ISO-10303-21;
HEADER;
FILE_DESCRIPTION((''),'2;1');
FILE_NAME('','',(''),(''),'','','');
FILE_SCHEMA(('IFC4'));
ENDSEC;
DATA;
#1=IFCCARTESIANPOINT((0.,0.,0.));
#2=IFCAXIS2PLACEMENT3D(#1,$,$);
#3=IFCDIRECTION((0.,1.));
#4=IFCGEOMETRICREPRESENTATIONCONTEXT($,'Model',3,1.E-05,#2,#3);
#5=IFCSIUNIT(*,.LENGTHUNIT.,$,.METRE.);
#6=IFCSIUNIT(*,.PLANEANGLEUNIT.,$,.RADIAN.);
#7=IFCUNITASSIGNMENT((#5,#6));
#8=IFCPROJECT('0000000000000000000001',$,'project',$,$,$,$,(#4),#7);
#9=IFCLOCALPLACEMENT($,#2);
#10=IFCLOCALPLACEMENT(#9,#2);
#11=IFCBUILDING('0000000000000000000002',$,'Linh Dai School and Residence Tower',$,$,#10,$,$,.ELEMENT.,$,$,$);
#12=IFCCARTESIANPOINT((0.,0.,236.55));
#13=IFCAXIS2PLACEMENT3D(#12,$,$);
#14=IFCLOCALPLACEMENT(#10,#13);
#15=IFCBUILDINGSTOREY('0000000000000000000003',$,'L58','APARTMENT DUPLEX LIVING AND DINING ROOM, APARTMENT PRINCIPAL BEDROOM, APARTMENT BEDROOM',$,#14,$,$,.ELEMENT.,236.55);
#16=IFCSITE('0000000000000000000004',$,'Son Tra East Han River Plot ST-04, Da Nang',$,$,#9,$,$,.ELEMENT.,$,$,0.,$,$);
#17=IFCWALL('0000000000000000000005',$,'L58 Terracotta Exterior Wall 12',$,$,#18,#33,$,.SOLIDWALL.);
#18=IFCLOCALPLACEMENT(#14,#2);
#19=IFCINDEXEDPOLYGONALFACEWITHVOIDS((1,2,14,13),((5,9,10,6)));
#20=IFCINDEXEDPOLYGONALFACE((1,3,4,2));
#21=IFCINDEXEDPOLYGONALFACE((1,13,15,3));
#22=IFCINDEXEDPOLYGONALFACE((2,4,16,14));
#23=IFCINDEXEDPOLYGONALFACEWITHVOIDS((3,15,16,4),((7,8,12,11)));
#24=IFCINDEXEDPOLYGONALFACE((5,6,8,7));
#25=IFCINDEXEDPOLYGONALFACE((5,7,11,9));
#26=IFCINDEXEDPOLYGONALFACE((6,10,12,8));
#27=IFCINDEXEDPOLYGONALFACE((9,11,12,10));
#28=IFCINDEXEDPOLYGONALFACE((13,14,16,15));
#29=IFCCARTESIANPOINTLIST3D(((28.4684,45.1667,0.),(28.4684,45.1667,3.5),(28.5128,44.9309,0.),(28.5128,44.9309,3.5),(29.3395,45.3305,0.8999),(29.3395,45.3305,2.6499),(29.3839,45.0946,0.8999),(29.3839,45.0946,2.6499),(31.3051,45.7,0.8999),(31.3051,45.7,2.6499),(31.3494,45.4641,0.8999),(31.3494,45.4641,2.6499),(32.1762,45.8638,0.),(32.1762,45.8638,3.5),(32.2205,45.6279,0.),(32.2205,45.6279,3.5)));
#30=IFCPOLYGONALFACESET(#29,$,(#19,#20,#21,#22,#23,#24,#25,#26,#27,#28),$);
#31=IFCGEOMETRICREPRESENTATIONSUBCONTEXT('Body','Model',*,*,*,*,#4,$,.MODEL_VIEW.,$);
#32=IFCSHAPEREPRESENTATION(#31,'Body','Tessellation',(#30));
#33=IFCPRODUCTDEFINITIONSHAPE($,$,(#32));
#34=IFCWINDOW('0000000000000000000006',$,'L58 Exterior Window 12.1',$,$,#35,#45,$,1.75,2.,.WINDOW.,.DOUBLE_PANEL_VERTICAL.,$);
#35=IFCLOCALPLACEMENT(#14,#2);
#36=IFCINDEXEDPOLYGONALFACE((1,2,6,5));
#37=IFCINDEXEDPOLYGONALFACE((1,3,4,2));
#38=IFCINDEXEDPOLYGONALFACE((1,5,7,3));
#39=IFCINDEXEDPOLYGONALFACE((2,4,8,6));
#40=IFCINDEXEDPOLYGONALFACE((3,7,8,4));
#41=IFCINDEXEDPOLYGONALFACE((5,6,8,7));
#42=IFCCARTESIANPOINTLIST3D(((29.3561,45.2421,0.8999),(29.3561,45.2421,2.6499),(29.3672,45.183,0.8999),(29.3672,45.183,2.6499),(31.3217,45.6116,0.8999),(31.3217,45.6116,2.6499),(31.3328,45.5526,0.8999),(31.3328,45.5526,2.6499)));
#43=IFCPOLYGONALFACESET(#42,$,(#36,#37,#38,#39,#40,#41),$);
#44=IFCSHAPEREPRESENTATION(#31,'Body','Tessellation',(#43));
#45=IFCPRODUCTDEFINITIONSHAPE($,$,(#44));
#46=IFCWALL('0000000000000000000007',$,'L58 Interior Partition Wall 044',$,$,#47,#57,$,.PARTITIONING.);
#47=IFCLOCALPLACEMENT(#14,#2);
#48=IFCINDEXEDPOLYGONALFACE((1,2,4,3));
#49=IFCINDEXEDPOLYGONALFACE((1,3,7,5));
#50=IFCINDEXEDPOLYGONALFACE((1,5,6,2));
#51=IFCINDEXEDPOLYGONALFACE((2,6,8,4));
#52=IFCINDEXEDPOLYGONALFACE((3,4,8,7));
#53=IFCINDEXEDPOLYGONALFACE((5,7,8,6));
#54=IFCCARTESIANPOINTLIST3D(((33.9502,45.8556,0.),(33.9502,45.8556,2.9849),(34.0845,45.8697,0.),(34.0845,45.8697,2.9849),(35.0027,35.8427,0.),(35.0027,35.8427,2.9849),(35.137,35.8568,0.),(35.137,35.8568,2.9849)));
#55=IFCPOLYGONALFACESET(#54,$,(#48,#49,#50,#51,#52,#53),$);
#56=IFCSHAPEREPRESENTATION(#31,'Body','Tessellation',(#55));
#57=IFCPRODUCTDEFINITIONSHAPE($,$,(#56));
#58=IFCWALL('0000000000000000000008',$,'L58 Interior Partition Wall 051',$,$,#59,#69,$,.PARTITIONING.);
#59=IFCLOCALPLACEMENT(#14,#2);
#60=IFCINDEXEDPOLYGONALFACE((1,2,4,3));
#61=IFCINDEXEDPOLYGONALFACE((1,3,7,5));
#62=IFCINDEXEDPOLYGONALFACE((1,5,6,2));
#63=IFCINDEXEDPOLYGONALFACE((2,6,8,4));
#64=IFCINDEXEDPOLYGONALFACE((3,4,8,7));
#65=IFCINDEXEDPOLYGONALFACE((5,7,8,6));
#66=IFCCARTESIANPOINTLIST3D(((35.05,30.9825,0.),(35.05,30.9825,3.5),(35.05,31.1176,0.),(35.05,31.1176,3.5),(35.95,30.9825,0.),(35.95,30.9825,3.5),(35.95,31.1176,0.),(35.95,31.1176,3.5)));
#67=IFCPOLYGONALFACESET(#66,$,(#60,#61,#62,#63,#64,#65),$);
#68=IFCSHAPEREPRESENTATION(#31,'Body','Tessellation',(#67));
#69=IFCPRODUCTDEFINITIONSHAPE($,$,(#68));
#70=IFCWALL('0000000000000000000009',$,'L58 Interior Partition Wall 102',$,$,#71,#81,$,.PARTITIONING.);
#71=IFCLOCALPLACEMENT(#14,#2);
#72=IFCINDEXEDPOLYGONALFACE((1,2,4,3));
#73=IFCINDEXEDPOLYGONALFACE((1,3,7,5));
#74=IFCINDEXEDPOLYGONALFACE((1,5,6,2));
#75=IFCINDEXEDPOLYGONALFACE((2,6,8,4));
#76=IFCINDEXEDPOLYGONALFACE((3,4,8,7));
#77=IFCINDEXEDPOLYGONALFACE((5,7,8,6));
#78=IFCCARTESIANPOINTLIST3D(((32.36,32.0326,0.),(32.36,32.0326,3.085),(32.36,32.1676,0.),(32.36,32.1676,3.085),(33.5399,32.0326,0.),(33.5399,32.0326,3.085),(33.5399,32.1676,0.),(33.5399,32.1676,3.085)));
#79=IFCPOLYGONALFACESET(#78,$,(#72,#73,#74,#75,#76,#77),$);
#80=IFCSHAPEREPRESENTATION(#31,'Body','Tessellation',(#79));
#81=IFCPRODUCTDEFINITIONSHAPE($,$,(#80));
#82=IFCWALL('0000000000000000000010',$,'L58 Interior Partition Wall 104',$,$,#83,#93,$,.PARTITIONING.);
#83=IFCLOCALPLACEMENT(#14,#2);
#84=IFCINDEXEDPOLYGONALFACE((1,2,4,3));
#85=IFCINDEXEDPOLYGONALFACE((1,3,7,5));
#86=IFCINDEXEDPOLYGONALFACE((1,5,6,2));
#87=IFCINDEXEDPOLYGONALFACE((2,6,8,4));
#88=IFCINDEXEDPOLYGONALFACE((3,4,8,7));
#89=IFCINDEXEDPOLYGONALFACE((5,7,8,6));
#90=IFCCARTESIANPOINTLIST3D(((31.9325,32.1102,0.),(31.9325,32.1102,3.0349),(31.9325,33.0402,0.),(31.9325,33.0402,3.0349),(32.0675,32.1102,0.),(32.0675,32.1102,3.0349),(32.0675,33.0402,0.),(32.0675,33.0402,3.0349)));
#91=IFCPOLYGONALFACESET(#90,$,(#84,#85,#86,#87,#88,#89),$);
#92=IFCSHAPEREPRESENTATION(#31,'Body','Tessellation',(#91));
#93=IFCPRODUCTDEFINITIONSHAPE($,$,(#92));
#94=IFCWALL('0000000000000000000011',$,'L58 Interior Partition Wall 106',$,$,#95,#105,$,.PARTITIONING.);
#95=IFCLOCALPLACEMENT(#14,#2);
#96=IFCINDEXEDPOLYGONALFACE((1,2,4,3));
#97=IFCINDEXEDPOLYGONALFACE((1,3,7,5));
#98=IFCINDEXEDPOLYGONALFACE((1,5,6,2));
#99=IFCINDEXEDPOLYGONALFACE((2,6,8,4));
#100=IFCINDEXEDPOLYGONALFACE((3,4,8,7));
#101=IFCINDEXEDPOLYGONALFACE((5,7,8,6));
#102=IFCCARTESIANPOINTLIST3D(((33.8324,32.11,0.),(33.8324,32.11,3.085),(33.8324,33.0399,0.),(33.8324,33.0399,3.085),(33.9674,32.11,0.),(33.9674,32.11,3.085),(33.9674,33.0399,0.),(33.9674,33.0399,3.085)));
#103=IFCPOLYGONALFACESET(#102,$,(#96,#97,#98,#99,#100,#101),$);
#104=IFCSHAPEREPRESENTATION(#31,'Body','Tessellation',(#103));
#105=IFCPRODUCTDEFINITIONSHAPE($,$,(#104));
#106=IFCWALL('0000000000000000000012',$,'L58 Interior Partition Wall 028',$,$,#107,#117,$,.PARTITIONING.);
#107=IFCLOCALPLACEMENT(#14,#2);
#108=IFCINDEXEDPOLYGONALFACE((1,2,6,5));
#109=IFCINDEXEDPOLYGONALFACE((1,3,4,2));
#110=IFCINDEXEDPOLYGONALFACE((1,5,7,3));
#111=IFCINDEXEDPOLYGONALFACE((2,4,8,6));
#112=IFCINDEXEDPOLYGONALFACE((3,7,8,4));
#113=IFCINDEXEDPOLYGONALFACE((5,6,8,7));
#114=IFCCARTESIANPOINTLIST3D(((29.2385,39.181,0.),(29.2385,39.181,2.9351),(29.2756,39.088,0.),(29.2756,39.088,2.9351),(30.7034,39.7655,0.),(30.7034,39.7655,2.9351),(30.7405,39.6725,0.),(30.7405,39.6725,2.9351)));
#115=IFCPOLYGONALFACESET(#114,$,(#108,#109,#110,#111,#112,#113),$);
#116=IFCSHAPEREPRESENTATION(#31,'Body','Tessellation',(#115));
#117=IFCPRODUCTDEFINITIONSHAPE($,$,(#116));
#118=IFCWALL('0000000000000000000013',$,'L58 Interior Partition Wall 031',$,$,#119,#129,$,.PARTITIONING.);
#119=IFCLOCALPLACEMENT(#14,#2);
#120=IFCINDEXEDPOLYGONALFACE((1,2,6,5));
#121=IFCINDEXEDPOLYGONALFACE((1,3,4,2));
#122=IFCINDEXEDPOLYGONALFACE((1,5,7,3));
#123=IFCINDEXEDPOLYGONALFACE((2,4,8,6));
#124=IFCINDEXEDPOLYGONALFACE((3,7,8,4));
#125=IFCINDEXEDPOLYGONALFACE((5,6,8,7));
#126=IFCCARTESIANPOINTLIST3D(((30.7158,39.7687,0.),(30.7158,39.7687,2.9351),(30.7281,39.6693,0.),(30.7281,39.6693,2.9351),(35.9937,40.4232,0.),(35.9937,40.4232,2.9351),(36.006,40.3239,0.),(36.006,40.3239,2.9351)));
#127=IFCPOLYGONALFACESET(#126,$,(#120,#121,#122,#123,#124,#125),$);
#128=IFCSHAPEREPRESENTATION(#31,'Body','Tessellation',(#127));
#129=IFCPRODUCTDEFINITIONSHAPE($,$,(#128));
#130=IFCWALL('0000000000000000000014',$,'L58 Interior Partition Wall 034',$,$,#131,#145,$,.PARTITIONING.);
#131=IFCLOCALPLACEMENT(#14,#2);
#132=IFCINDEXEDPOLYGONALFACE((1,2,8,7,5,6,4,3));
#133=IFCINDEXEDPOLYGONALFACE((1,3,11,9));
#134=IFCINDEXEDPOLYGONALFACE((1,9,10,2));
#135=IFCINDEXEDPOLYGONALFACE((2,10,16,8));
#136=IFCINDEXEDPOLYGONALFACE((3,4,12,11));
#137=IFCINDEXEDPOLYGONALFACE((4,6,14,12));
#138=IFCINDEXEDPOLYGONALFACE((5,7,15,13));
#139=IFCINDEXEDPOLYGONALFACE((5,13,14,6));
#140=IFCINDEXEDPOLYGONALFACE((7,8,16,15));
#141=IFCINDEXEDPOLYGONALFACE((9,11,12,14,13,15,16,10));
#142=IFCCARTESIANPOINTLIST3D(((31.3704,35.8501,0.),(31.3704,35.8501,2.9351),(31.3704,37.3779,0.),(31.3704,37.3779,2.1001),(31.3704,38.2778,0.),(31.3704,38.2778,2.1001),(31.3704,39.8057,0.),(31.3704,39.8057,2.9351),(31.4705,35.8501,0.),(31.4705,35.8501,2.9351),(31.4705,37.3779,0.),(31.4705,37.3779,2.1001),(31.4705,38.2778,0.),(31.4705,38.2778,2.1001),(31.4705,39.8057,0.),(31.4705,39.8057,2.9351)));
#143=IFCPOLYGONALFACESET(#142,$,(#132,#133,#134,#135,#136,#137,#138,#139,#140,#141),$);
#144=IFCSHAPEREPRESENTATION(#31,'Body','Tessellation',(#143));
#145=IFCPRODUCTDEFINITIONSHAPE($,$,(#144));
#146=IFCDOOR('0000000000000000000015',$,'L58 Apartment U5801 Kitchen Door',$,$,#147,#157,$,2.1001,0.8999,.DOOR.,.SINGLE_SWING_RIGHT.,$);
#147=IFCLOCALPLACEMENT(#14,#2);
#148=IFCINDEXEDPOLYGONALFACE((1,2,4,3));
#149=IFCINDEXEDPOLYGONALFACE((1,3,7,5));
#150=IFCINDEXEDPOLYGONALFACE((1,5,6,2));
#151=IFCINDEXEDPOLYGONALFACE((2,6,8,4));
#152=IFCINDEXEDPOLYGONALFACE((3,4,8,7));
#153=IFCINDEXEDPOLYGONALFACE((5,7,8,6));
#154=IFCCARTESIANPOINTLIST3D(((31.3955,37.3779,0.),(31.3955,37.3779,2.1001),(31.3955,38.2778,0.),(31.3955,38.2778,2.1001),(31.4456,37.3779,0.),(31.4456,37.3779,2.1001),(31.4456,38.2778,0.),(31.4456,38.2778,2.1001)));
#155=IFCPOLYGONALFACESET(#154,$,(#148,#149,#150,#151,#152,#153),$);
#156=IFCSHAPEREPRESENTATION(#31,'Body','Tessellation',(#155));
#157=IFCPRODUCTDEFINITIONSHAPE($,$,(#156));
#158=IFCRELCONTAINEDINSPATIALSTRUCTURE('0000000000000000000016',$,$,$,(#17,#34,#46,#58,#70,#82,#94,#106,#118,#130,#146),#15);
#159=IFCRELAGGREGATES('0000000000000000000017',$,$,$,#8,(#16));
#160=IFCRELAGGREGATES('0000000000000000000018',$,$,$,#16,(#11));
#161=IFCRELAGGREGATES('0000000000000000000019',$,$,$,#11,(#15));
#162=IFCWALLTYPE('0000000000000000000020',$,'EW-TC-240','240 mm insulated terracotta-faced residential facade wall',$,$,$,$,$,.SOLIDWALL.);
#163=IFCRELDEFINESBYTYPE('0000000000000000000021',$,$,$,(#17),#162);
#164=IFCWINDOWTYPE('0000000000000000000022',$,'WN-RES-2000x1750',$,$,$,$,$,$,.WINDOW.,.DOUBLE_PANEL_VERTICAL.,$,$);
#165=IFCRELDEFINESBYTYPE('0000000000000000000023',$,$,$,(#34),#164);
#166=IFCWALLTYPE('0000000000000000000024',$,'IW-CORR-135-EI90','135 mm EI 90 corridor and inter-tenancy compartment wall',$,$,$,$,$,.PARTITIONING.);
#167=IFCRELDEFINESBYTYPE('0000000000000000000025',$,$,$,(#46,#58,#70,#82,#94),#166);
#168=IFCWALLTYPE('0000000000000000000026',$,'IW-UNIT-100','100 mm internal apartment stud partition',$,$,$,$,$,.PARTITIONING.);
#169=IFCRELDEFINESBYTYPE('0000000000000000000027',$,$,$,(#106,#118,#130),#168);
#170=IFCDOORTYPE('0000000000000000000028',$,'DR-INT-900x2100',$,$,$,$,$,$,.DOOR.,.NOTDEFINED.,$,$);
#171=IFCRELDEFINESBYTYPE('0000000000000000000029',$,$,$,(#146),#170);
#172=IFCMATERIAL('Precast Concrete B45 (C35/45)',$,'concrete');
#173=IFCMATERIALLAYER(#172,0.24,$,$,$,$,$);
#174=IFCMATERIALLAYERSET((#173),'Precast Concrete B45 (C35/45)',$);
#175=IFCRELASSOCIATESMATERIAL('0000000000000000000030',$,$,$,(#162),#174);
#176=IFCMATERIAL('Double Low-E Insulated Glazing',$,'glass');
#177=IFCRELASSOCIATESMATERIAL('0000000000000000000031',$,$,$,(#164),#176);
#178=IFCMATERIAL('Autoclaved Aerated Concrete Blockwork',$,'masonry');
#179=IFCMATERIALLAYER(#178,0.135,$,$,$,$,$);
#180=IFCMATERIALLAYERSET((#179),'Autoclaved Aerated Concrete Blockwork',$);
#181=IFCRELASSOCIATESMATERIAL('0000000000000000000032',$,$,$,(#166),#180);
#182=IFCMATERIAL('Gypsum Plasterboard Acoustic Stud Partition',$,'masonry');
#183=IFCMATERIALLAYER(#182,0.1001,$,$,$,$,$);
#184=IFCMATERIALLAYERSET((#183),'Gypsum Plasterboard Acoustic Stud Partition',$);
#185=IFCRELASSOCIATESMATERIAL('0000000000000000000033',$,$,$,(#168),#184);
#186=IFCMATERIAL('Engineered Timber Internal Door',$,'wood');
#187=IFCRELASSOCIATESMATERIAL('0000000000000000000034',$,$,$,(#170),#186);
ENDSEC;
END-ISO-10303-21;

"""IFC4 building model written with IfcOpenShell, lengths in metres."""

from ifc_helpers import new_model, si_unit, direction, frame, frame_2d, origin, origin_2d, place, context, subcontext, project, spatial, rectangle, extrude, source, transform, mapped, material, layer, layer_set, type_object, element, fill, save


model = new_model("IFC4")

# Units and contexts
model_context = context("Model", 3, precision=1e-05, world=origin(), true_north=direction((0.0, 1.0)))
body_context = subcontext(model_context, "Body", "Model", "MODEL_VIEW")
ifc_project = project(units=[si_unit("LENGTHUNIT", "METRE"), si_unit("PLANEANGLEUNIT", "RADIAN")], contexts=[model_context])

# Site, building, storey
site_placement = place(None, origin())
site = spatial("IfcSite", under=ifc_project, at=site_placement, Name="Son Tra East Han River Plot ST-04, Da Nang", CompositionType="ELEMENT", RefElevation=0.0)
building_placement = place(site_placement, origin())
building = spatial("IfcBuilding", under=site, at=building_placement, Name="Linh Dai School and Residence Tower", CompositionType="ELEMENT")
storey_placement = place(building_placement, frame((0.0, 0.0, 236.55)))
storey = spatial("IfcBuildingStorey", under=building, at=storey_placement, Name="L58", Description="APARTMENT DUPLEX LIVING AND DINING ROOM, APARTMENT PRINCIPAL BEDROOM, APARTMENT BEDROOM", CompositionType="ELEMENT", Elevation=236.55)

# Shared definitions
ifc_material_1 = material(Name="Precast Concrete B45 (C35/45)", Category="concrete")
ifc_layer_1 = layer(ifc_material_1, 0.24)
ifc_layer_set_1 = layer_set([ifc_layer_1], Name="Precast Concrete B45 (C35/45)")
wall_type_1 = type_object("IfcWallType", Name="EW-TC-240", Description="240 mm insulated terracotta-faced residential facade wall", PredefinedType="SOLIDWALL", material=ifc_layer_set_1)

# Wall, opening, window
wall_1_placement = place(storey_placement, frame((28.4907, 45.0488, 0.0), z_axis=(0.0, 0.0, 1.0), x_axis=(0.982785, 0.184753, 0.0)))
wall_1 = element("IfcWall", 1, at=wall_1_placement, inside=storey, type_object=wall_type_1, Name="L58 Terracotta Exterior Wall 12", PredefinedType="SOLIDWALL", context=body_context, shape_type="SweptSolid", body=[
    extrude(rectangle(XDim=3.7727, YDim=0.24, at=frame_2d((1.8862, 0.0))), origin(), (0.0, 0.0, 1.0), 3.5),
])
opening_1_placement = place(wall_1_placement, frame((0.8862, 0.0, 0.8999)))
opening_1 = element("IfcOpeningElement", 2, at=opening_1_placement, cuts=wall_1, PredefinedType="OPENING", context=body_context, shape_type="SweptSolid", body=[
    extrude(rectangle(XDim=2.0, YDim=1.75, at=origin_2d()), frame((1.0, 0.1299, 0.875), z_axis=(0.0, -1.0, 0.0), x_axis=(1.0, 0.0, 0.0)), (0.0, 0.0, 1.0), 0.26),
])
ifc_material_2 = material(Name="Double Low-E Insulated Glazing", Category="glass")
window_type = type_object("IfcWindowType", Name="WN-RES-2000x1750", PartitioningType="DOUBLE_PANEL_VERTICAL", PredefinedType="WINDOW", material=ifc_material_2)
shared_shape_1 = source(origin(), body_context, "Body", "SweptSolid", [
    extrude(rectangle(XDim=2.0, YDim=1.75, at=origin_2d()), frame((1.0, 0.03, 0.875), z_axis=(0.0, -1.0, 0.0), x_axis=(1.0, 0.0, 0.0)), (0.0, 0.0, 1.0), 0.0601),
])
window_placement = place(opening_1_placement, origin())
window = element("IfcWindow", 3, at=window_placement, inside=storey, type_object=window_type, Name="L58 Exterior Window 12.1", OverallHeight=1.75, OverallWidth=2.0, PartitioningType="DOUBLE_PANEL_VERTICAL", PredefinedType="WINDOW", context=body_context, shape_type="MappedRepresentation", body=[
    mapped(shared_shape_1, transform((0.0, 0.0, 0.0), x_axis=(1.0, 0.0, 0.0), y_axis=(0.0, 1.0, 0.0), z_axis=(0.0, 0.0, 1.0), scale=1.0)),
])
fill(opening_1, window)

# Walls
ifc_material_3 = material(Name="Autoclaved Aerated Concrete Blockwork", Category="masonry")
ifc_layer_2 = layer(ifc_material_3, 0.135)
ifc_layer_set_2 = layer_set([ifc_layer_2], Name="Autoclaved Aerated Concrete Blockwork")
wall_type_2 = type_object("IfcWallType", Name="IW-CORR-135-EI90", Description="135 mm EI 90 corridor and inter-tenancy compartment wall", PredefinedType="PARTITIONING", material=ifc_layer_set_2)
wall_2_placement = place(storey_placement, frame((34.0173, 45.8628, 0.0), z_axis=(0.0, 0.0, 1.0), x_axis=(0.104537, -0.994521, 0.0)))
element("IfcWall", 4, at=wall_2_placement, inside=storey, type_object=wall_type_2, Name="L58 Interior Partition Wall 044", PredefinedType="PARTITIONING", context=body_context, shape_type="SweptSolid", body=[
    extrude(rectangle(XDim=10.0681, YDim=0.135, at=frame_2d((5.0342, 0.0))), origin(), (0.0, 0.0, 1.0), 2.9849),
])
wall_3_placement = place(storey_placement, frame((35.05, 31.05, 0.0), z_axis=(0.0, 0.0, 1.0), x_axis=(1.0, 0.0, 0.0)))
element("IfcWall", 5, at=wall_3_placement, inside=storey, type_object=wall_type_2, Name="L58 Interior Partition Wall 051", PredefinedType="PARTITIONING", context=body_context, shape_type="SweptSolid", body=[
    extrude(rectangle(XDim=0.8999, YDim=0.135, at=frame_2d((0.45, 0.0))), origin(), (0.0, 0.0, 1.0), 3.5),
])
wall_4_placement = place(storey_placement, frame((32.3601, 32.1001, 0.0), z_axis=(0.0, 0.0, 1.0), x_axis=(1.0, 0.0, 0.0)))
element("IfcWall", 6, at=wall_4_placement, inside=storey, type_object=wall_type_2, Name="L58 Interior Partition Wall 102", PredefinedType="PARTITIONING", context=body_context, shape_type="SweptSolid", body=[
    extrude(rectangle(XDim=1.1799, YDim=0.135, at=frame_2d((0.5898, 0.0))), origin(), (0.0, 0.0, 1.0), 3.085),
])
wall_5_placement = place(storey_placement, frame((32.0, 33.04, 0.0), z_axis=(0.0, 0.0, 1.0), x_axis=(0.0, -1.0, 0.0)))
element("IfcWall", 7, at=wall_5_placement, inside=storey, type_object=wall_type_2, Name="L58 Interior Partition Wall 104", PredefinedType="PARTITIONING", context=body_context, shape_type="SweptSolid", body=[
    extrude(rectangle(XDim=0.9299, YDim=0.135, at=frame_2d((0.4648, 0.0))), origin(), (0.0, 0.0, 1.0), 3.0349),
])
wall_6_placement = place(storey_placement, frame((33.8999, 32.1101, 0.0), z_axis=(0.0, 0.0, 1.0), x_axis=(0.0, 1.0, 0.0)))
element("IfcWall", 8, at=wall_6_placement, inside=storey, type_object=wall_type_2, Name="L58 Interior Partition Wall 106", PredefinedType="PARTITIONING", context=body_context, shape_type="SweptSolid", body=[
    extrude(rectangle(XDim=0.9299, YDim=0.135, at=frame_2d((0.4648, 0.0))), origin(), (0.0, 0.0, 1.0), 3.085),
])
ifc_material_4 = material(Name="Gypsum Plasterboard Acoustic Stud Partition", Category="masonry")
ifc_layer_3 = layer(ifc_material_4, 0.1001)
ifc_layer_set_3 = layer_set([ifc_layer_3], Name="Gypsum Plasterboard Acoustic Stud Partition")
wall_type_3 = type_object("IfcWallType", Name="IW-UNIT-100", Description="100 mm internal apartment stud partition", PredefinedType="PARTITIONING", material=ifc_layer_set_3)
wall_7_placement = place(storey_placement, frame((29.2571, 39.1345, 0.0), z_axis=(0.0, 0.0, 1.0), x_axis=(0.928797, 0.37059, 0.0)))
element("IfcWall", 9, at=wall_7_placement, inside=storey, type_object=wall_type_3, Name="L58 Interior Partition Wall 028", PredefinedType="PARTITIONING", context=body_context, shape_type="SweptSolid", body=[
    extrude(rectangle(XDim=1.5771, YDim=0.1001, at=frame_2d((0.7886, 0.0))), origin(), (0.0, 0.0, 1.0), 2.9351),
])
wall_8_placement = place(storey_placement, frame((30.7219, 39.719, 0.0), z_axis=(0.0, 0.0, 1.0), x_axis=(0.992397, 0.123074, 0.0)))
element("IfcWall", 10, at=wall_8_placement, inside=storey, type_object=wall_type_3, Name="L58 Interior Partition Wall 031", PredefinedType="PARTITIONING", context=body_context, shape_type="SweptSolid", body=[
    extrude(rectangle(XDim=5.3184, YDim=0.1001, at=frame_2d((2.6592, 0.0))), origin(), (0.0, 0.0, 1.0), 2.9351),
])

# Wall, opening, door
wall_9_placement = place(storey_placement, frame((31.4204, 35.8501, 0.0), z_axis=(0.0, 0.0, 1.0), x_axis=(0.0, 1.0, 0.0)))
wall_9 = element("IfcWall", 11, at=wall_9_placement, inside=storey, type_object=wall_type_3, Name="L58 Interior Partition Wall 034", PredefinedType="PARTITIONING", context=body_context, shape_type="SweptSolid", body=[
    extrude(rectangle(XDim=3.9556, YDim=0.1001, at=frame_2d((1.9778, 0.0))), origin(), (0.0, 0.0, 1.0), 2.9351),
])
opening_2_placement = place(wall_9_placement, frame((1.5278, 0.0, 0.0)))
opening_2 = element("IfcOpeningElement", 12, at=opening_2_placement, cuts=wall_9, PredefinedType="OPENING", context=body_context, shape_type="SweptSolid", body=[
    extrude(rectangle(XDim=0.8999, YDim=2.1001, at=origin_2d()), frame((0.45, 0.0601, 1.05), z_axis=(0.0, -1.0, 0.0), x_axis=(1.0, 0.0, 0.0)), (0.0, 0.0, 1.0), 0.1201),
])
ifc_material_5 = material(Name="Engineered Timber Internal Door", Category="wood")
door_type_1 = type_object("IfcDoorType", Name="DR-INT-900x2100", OperationType="NOTDEFINED", PredefinedType="DOOR", material=ifc_material_5)
shared_shape_2 = source(origin(), body_context, "Body", "SweptSolid", [
    extrude(rectangle(XDim=0.8999, YDim=2.1001, at=origin_2d()), frame((0.45, 0.0249, 1.05), z_axis=(0.0, -1.0, 0.0), x_axis=(1.0, 0.0, 0.0)), (0.0, 0.0, 1.0), 0.05),
])
door_1_placement = place(opening_2_placement, origin())
door_1 = element("IfcDoor", 13, at=door_1_placement, inside=storey, type_object=door_type_1, Name="L58 Apartment U5801 Kitchen Door", OperationType="SINGLE_SWING_RIGHT", OverallHeight=2.1001, OverallWidth=0.8999, PredefinedType="DOOR", context=body_context, shape_type="MappedRepresentation", body=[
    mapped(shared_shape_2, transform((0.0, 0.0, 0.0), x_axis=(1.0, 0.0, 0.0), y_axis=(0.0, 1.0, 0.0), z_axis=(0.0, 0.0, 1.0), scale=1.0)),
])
fill(opening_2, door_1)

save(model, "model.ifc")
